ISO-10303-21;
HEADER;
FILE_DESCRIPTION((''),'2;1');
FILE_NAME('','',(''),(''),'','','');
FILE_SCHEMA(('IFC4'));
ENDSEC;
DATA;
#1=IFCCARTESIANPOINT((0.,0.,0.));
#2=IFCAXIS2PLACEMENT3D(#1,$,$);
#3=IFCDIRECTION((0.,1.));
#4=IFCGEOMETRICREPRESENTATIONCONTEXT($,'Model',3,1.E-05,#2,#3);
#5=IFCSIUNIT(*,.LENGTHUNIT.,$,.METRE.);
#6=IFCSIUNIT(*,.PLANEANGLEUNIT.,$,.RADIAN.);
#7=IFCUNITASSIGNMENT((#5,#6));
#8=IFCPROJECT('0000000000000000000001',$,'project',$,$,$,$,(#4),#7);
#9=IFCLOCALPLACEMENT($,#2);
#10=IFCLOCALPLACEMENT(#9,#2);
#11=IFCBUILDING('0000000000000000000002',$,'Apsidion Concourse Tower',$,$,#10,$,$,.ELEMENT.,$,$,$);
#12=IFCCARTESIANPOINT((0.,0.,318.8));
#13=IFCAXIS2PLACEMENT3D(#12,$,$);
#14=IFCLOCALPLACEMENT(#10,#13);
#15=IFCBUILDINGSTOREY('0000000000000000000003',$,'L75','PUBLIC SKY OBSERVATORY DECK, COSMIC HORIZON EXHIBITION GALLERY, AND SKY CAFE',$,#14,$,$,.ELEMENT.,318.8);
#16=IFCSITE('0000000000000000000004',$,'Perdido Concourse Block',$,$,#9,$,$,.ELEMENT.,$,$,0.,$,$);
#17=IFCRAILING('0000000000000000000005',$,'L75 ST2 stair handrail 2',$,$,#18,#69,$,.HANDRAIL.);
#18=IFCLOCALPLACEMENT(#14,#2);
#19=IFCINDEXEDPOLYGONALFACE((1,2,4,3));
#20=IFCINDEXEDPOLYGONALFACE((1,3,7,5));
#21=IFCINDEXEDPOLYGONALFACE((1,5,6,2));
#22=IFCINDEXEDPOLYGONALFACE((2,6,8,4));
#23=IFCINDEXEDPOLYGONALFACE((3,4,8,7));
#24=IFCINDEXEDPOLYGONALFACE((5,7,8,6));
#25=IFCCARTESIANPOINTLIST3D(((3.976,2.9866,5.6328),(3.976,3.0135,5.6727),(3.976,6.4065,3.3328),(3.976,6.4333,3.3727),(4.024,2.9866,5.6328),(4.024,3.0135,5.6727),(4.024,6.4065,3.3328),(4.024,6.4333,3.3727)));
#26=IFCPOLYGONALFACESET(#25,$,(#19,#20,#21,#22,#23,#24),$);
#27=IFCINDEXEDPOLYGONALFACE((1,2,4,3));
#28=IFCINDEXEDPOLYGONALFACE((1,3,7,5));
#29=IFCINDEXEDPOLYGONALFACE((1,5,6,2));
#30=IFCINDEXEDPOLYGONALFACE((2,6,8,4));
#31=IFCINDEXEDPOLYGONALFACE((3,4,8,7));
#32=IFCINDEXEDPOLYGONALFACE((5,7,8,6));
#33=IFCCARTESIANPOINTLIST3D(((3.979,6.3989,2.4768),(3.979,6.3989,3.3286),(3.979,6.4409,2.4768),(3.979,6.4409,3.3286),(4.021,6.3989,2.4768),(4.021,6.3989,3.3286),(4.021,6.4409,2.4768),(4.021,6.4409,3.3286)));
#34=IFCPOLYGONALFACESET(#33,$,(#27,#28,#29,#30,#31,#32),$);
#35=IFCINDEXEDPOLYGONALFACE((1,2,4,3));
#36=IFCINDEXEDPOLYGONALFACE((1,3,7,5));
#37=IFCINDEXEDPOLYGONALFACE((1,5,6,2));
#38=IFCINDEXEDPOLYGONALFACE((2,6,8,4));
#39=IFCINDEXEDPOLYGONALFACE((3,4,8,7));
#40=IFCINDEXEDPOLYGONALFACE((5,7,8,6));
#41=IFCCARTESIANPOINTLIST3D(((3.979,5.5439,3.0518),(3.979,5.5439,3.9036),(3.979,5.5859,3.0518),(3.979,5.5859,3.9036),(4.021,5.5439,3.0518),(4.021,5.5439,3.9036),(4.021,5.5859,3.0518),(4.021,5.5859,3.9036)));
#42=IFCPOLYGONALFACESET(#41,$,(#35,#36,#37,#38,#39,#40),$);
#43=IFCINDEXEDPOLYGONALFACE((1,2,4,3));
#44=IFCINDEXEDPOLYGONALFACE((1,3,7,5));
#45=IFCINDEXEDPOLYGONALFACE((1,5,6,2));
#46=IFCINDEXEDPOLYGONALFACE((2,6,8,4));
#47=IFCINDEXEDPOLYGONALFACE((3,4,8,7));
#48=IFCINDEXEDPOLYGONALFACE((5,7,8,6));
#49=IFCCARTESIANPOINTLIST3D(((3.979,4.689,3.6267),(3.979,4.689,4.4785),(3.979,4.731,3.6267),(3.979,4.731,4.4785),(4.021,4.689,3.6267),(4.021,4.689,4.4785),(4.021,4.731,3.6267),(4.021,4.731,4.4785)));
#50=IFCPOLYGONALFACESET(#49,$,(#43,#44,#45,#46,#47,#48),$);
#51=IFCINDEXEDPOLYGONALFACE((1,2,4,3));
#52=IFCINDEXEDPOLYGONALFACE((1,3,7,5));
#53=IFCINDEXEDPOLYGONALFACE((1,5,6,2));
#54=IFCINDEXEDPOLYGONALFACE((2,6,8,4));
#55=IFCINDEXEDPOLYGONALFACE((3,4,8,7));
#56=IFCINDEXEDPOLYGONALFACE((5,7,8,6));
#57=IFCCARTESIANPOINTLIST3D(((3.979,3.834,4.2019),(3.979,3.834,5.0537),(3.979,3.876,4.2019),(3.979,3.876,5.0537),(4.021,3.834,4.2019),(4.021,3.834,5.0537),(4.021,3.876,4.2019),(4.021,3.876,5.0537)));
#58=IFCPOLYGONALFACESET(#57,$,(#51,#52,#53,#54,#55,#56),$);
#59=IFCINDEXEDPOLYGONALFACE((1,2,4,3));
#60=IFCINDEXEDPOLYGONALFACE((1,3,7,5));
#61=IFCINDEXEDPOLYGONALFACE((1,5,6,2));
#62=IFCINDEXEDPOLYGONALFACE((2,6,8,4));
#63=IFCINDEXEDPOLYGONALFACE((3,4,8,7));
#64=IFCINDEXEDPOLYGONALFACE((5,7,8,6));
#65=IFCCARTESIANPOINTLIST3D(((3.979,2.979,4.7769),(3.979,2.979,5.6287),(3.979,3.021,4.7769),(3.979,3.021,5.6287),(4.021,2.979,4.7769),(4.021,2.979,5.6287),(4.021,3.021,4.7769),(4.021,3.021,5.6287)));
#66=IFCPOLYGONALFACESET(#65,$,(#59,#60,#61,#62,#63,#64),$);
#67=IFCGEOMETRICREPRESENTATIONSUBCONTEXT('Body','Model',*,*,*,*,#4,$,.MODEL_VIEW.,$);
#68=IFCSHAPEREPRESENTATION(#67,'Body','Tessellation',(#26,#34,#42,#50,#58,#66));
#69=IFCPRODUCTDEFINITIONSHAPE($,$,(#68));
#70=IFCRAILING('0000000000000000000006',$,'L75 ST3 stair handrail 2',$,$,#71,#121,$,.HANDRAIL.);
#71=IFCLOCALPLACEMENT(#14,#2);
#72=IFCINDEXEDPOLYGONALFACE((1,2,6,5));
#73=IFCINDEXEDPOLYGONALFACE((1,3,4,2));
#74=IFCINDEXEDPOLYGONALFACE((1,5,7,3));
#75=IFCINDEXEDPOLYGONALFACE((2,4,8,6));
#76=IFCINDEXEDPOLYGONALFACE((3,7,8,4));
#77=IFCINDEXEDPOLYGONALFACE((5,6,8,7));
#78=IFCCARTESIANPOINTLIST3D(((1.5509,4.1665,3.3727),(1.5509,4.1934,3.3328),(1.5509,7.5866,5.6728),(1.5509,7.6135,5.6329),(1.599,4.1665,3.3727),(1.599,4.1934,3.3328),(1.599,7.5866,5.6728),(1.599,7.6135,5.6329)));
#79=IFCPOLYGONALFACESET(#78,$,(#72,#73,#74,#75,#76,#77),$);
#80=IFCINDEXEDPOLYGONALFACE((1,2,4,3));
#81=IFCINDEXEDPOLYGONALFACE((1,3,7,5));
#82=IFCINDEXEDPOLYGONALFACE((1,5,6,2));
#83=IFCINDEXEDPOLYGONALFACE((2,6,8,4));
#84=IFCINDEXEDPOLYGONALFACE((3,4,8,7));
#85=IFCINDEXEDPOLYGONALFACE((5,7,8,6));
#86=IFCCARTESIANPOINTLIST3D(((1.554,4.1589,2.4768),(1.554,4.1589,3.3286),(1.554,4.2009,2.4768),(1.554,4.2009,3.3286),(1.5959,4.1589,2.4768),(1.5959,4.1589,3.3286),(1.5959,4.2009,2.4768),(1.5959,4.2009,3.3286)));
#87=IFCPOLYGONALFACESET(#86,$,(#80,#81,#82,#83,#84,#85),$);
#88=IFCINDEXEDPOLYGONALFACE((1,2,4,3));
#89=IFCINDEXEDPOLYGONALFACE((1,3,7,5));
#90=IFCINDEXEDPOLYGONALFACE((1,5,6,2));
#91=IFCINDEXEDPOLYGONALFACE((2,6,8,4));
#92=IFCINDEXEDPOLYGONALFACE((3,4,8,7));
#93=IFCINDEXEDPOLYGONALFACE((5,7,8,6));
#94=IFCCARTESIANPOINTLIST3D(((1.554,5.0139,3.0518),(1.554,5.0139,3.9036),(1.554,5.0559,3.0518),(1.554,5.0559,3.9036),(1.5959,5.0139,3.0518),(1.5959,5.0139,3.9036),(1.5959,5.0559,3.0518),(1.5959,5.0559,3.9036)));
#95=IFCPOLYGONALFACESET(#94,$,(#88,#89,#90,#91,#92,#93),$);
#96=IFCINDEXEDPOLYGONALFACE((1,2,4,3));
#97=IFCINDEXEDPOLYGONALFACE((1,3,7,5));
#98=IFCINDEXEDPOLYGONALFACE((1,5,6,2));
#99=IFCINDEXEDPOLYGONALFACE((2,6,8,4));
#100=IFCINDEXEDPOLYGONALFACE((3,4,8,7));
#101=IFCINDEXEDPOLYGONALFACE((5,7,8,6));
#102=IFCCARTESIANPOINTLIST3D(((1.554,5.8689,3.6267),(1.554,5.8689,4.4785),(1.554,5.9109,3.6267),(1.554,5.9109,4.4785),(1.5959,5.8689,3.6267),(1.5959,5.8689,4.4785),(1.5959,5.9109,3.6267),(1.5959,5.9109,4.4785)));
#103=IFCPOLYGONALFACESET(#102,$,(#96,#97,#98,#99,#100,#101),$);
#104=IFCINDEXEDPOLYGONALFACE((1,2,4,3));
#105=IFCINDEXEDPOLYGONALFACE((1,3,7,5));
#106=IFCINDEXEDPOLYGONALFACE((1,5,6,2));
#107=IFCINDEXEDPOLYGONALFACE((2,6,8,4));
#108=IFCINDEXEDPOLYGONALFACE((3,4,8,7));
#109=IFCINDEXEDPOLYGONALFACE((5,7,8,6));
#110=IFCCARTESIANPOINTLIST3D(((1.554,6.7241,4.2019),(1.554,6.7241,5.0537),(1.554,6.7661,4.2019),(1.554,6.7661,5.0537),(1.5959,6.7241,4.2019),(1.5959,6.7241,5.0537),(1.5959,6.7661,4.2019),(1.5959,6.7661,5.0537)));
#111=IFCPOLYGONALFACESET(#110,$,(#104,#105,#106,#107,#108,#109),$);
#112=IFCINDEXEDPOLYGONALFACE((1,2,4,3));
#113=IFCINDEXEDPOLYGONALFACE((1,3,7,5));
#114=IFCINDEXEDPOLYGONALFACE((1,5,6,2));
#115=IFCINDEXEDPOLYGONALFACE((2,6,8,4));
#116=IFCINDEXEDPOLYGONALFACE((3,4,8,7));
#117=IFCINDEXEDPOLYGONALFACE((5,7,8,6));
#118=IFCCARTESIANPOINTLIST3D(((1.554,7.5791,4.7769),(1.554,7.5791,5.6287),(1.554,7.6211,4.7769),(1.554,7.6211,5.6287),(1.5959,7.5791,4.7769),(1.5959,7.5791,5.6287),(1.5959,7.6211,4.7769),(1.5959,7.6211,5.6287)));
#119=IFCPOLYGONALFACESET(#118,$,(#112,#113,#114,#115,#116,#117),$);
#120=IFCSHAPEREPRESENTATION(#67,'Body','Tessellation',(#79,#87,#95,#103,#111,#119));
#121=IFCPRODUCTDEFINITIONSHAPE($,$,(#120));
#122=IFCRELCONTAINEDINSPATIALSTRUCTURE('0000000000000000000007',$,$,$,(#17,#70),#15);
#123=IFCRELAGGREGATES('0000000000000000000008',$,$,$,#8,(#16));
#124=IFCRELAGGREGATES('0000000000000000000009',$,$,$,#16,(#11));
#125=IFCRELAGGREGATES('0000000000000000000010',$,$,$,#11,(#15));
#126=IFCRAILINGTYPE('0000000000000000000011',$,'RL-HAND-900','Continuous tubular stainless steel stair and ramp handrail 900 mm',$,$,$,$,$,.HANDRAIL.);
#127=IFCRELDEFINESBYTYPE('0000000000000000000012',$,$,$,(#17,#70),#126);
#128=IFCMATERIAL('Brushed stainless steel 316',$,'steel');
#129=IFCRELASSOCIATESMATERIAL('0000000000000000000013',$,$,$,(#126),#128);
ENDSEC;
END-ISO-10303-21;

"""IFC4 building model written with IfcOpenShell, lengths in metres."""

from ifc_helpers import new_model, si_unit, direction, frame, origin, origin_2d, place, context, subcontext, project, spatial, rectangle, extrude, material, type_object, element, save


model = new_model("IFC4")

# Units and contexts
model_context = context("Model", 3, precision=1e-05, world=origin(), true_north=direction((0.0, 1.0)))
body_context = subcontext(model_context, "Body", "Model", "MODEL_VIEW")
ifc_project = project(units=[si_unit("LENGTHUNIT", "METRE"), si_unit("PLANEANGLEUNIT", "RADIAN")], contexts=[model_context])

# Site, building, storey
site_placement = place(None, origin())
site = spatial("IfcSite", under=ifc_project, at=site_placement, Name="Perdido Concourse Block", CompositionType="ELEMENT", RefElevation=0.0)
building_placement = place(site_placement, origin())
building = spatial("IfcBuilding", under=site, at=building_placement, Name="Apsidion Concourse Tower", CompositionType="ELEMENT")
storey_placement = place(building_placement, frame((0.0, 0.0, 318.8)))
storey = spatial("IfcBuildingStorey", under=building, at=storey_placement, Name="L75", Description="PUBLIC SKY OBSERVATORY DECK, COSMIC HORIZON EXHIBITION GALLERY, AND SKY CAFE", CompositionType="ELEMENT", Elevation=318.8)

# Railings
ifc_material_1 = material(Name="Brushed stainless steel 316", Category="steel")
railing_type_1 = type_object("IfcRailingType", Name="RL-HAND-900", Description="Continuous tubular stainless steel stair and ramp handrail 900 mm", PredefinedType="HANDRAIL", material=ifc_material_1)
railing_1_placement = place(storey_placement, frame((4.0, 6.4199, 2.4768)))
element("IfcRailing", 1, at=railing_1_placement, inside=storey, type_object=railing_type_1, Name="L75 ST2 stair handrail 2", PredefinedType="HANDRAIL", context=body_context, shape_type="SweptSolid", body=[
    extrude(rectangle(XDim=0.0481, YDim=0.0481, at=origin_2d()), frame((0.0, 0.0, 0.876), z_axis=(0.0, -0.829792, 0.558072), x_axis=(1.0, 0.0, 0.0)), (0.0, 0.0, 1.0), 4.1213),
    extrude(rectangle(XDim=0.042, YDim=0.042, at=origin_2d()), origin(), (0.0, 0.0, 1.0), 0.8518),
    extrude(rectangle(XDim=0.042, YDim=0.042, at=origin_2d()), frame((0.0, -0.855, 0.575)), (0.0, 0.0, 1.0), 0.8518),
    extrude(rectangle(XDim=0.042, YDim=0.042, at=origin_2d()), frame((0.0, -1.71, 1.1499)), (0.0, 0.0, 1.0), 0.8518),
    extrude(rectangle(XDim=0.042, YDim=0.042, at=origin_2d()), frame((0.0, -2.5649, 1.7251)), (0.0, 0.0, 1.0), 0.8518),
    extrude(rectangle(XDim=0.042, YDim=0.042, at=origin_2d()), frame((0.0, -3.4199, 2.3)), (0.0, 0.0, 1.0), 0.8518),
])
railing_2_placement = place(storey_placement, frame((1.575, 4.1799, 2.4768)))
element("IfcRailing", 2, at=railing_2_placement, inside=storey, type_object=railing_type_1, Name="L75 ST3 stair handrail 2", PredefinedType="HANDRAIL", context=body_context, shape_type="SweptSolid", body=[
    extrude(rectangle(XDim=0.0481, YDim=0.0481, at=origin_2d()), frame((0.0, 0.0, 0.876), z_axis=(0.0, 0.829811, 0.558045), x_axis=(-1.0, 0.0, 0.0)), (0.0, 0.0, 1.0), 4.1216),
    extrude(rectangle(XDim=0.042, YDim=0.042, at=origin_2d()), origin(), (0.0, 0.0, 1.0), 0.8518),
    extrude(rectangle(XDim=0.042, YDim=0.042, at=origin_2d()), frame((0.0, 0.855, 0.575)), (0.0, 0.0, 1.0), 0.8518),
    extrude(rectangle(XDim=0.042, YDim=0.042, at=origin_2d()), frame((0.0, 1.71, 1.1499)), (0.0, 0.0, 1.0), 0.8518),
    extrude(rectangle(XDim=0.042, YDim=0.042, at=origin_2d()), frame((0.0, 2.5652, 1.7251)), (0.0, 0.0, 1.0), 0.8518),
    extrude(rectangle(XDim=0.042, YDim=0.042, at=origin_2d()), frame((0.0, 3.4202, 2.3)), (0.0, 0.0, 1.0), 0.8518),
])

save(model, "model.ifc")
